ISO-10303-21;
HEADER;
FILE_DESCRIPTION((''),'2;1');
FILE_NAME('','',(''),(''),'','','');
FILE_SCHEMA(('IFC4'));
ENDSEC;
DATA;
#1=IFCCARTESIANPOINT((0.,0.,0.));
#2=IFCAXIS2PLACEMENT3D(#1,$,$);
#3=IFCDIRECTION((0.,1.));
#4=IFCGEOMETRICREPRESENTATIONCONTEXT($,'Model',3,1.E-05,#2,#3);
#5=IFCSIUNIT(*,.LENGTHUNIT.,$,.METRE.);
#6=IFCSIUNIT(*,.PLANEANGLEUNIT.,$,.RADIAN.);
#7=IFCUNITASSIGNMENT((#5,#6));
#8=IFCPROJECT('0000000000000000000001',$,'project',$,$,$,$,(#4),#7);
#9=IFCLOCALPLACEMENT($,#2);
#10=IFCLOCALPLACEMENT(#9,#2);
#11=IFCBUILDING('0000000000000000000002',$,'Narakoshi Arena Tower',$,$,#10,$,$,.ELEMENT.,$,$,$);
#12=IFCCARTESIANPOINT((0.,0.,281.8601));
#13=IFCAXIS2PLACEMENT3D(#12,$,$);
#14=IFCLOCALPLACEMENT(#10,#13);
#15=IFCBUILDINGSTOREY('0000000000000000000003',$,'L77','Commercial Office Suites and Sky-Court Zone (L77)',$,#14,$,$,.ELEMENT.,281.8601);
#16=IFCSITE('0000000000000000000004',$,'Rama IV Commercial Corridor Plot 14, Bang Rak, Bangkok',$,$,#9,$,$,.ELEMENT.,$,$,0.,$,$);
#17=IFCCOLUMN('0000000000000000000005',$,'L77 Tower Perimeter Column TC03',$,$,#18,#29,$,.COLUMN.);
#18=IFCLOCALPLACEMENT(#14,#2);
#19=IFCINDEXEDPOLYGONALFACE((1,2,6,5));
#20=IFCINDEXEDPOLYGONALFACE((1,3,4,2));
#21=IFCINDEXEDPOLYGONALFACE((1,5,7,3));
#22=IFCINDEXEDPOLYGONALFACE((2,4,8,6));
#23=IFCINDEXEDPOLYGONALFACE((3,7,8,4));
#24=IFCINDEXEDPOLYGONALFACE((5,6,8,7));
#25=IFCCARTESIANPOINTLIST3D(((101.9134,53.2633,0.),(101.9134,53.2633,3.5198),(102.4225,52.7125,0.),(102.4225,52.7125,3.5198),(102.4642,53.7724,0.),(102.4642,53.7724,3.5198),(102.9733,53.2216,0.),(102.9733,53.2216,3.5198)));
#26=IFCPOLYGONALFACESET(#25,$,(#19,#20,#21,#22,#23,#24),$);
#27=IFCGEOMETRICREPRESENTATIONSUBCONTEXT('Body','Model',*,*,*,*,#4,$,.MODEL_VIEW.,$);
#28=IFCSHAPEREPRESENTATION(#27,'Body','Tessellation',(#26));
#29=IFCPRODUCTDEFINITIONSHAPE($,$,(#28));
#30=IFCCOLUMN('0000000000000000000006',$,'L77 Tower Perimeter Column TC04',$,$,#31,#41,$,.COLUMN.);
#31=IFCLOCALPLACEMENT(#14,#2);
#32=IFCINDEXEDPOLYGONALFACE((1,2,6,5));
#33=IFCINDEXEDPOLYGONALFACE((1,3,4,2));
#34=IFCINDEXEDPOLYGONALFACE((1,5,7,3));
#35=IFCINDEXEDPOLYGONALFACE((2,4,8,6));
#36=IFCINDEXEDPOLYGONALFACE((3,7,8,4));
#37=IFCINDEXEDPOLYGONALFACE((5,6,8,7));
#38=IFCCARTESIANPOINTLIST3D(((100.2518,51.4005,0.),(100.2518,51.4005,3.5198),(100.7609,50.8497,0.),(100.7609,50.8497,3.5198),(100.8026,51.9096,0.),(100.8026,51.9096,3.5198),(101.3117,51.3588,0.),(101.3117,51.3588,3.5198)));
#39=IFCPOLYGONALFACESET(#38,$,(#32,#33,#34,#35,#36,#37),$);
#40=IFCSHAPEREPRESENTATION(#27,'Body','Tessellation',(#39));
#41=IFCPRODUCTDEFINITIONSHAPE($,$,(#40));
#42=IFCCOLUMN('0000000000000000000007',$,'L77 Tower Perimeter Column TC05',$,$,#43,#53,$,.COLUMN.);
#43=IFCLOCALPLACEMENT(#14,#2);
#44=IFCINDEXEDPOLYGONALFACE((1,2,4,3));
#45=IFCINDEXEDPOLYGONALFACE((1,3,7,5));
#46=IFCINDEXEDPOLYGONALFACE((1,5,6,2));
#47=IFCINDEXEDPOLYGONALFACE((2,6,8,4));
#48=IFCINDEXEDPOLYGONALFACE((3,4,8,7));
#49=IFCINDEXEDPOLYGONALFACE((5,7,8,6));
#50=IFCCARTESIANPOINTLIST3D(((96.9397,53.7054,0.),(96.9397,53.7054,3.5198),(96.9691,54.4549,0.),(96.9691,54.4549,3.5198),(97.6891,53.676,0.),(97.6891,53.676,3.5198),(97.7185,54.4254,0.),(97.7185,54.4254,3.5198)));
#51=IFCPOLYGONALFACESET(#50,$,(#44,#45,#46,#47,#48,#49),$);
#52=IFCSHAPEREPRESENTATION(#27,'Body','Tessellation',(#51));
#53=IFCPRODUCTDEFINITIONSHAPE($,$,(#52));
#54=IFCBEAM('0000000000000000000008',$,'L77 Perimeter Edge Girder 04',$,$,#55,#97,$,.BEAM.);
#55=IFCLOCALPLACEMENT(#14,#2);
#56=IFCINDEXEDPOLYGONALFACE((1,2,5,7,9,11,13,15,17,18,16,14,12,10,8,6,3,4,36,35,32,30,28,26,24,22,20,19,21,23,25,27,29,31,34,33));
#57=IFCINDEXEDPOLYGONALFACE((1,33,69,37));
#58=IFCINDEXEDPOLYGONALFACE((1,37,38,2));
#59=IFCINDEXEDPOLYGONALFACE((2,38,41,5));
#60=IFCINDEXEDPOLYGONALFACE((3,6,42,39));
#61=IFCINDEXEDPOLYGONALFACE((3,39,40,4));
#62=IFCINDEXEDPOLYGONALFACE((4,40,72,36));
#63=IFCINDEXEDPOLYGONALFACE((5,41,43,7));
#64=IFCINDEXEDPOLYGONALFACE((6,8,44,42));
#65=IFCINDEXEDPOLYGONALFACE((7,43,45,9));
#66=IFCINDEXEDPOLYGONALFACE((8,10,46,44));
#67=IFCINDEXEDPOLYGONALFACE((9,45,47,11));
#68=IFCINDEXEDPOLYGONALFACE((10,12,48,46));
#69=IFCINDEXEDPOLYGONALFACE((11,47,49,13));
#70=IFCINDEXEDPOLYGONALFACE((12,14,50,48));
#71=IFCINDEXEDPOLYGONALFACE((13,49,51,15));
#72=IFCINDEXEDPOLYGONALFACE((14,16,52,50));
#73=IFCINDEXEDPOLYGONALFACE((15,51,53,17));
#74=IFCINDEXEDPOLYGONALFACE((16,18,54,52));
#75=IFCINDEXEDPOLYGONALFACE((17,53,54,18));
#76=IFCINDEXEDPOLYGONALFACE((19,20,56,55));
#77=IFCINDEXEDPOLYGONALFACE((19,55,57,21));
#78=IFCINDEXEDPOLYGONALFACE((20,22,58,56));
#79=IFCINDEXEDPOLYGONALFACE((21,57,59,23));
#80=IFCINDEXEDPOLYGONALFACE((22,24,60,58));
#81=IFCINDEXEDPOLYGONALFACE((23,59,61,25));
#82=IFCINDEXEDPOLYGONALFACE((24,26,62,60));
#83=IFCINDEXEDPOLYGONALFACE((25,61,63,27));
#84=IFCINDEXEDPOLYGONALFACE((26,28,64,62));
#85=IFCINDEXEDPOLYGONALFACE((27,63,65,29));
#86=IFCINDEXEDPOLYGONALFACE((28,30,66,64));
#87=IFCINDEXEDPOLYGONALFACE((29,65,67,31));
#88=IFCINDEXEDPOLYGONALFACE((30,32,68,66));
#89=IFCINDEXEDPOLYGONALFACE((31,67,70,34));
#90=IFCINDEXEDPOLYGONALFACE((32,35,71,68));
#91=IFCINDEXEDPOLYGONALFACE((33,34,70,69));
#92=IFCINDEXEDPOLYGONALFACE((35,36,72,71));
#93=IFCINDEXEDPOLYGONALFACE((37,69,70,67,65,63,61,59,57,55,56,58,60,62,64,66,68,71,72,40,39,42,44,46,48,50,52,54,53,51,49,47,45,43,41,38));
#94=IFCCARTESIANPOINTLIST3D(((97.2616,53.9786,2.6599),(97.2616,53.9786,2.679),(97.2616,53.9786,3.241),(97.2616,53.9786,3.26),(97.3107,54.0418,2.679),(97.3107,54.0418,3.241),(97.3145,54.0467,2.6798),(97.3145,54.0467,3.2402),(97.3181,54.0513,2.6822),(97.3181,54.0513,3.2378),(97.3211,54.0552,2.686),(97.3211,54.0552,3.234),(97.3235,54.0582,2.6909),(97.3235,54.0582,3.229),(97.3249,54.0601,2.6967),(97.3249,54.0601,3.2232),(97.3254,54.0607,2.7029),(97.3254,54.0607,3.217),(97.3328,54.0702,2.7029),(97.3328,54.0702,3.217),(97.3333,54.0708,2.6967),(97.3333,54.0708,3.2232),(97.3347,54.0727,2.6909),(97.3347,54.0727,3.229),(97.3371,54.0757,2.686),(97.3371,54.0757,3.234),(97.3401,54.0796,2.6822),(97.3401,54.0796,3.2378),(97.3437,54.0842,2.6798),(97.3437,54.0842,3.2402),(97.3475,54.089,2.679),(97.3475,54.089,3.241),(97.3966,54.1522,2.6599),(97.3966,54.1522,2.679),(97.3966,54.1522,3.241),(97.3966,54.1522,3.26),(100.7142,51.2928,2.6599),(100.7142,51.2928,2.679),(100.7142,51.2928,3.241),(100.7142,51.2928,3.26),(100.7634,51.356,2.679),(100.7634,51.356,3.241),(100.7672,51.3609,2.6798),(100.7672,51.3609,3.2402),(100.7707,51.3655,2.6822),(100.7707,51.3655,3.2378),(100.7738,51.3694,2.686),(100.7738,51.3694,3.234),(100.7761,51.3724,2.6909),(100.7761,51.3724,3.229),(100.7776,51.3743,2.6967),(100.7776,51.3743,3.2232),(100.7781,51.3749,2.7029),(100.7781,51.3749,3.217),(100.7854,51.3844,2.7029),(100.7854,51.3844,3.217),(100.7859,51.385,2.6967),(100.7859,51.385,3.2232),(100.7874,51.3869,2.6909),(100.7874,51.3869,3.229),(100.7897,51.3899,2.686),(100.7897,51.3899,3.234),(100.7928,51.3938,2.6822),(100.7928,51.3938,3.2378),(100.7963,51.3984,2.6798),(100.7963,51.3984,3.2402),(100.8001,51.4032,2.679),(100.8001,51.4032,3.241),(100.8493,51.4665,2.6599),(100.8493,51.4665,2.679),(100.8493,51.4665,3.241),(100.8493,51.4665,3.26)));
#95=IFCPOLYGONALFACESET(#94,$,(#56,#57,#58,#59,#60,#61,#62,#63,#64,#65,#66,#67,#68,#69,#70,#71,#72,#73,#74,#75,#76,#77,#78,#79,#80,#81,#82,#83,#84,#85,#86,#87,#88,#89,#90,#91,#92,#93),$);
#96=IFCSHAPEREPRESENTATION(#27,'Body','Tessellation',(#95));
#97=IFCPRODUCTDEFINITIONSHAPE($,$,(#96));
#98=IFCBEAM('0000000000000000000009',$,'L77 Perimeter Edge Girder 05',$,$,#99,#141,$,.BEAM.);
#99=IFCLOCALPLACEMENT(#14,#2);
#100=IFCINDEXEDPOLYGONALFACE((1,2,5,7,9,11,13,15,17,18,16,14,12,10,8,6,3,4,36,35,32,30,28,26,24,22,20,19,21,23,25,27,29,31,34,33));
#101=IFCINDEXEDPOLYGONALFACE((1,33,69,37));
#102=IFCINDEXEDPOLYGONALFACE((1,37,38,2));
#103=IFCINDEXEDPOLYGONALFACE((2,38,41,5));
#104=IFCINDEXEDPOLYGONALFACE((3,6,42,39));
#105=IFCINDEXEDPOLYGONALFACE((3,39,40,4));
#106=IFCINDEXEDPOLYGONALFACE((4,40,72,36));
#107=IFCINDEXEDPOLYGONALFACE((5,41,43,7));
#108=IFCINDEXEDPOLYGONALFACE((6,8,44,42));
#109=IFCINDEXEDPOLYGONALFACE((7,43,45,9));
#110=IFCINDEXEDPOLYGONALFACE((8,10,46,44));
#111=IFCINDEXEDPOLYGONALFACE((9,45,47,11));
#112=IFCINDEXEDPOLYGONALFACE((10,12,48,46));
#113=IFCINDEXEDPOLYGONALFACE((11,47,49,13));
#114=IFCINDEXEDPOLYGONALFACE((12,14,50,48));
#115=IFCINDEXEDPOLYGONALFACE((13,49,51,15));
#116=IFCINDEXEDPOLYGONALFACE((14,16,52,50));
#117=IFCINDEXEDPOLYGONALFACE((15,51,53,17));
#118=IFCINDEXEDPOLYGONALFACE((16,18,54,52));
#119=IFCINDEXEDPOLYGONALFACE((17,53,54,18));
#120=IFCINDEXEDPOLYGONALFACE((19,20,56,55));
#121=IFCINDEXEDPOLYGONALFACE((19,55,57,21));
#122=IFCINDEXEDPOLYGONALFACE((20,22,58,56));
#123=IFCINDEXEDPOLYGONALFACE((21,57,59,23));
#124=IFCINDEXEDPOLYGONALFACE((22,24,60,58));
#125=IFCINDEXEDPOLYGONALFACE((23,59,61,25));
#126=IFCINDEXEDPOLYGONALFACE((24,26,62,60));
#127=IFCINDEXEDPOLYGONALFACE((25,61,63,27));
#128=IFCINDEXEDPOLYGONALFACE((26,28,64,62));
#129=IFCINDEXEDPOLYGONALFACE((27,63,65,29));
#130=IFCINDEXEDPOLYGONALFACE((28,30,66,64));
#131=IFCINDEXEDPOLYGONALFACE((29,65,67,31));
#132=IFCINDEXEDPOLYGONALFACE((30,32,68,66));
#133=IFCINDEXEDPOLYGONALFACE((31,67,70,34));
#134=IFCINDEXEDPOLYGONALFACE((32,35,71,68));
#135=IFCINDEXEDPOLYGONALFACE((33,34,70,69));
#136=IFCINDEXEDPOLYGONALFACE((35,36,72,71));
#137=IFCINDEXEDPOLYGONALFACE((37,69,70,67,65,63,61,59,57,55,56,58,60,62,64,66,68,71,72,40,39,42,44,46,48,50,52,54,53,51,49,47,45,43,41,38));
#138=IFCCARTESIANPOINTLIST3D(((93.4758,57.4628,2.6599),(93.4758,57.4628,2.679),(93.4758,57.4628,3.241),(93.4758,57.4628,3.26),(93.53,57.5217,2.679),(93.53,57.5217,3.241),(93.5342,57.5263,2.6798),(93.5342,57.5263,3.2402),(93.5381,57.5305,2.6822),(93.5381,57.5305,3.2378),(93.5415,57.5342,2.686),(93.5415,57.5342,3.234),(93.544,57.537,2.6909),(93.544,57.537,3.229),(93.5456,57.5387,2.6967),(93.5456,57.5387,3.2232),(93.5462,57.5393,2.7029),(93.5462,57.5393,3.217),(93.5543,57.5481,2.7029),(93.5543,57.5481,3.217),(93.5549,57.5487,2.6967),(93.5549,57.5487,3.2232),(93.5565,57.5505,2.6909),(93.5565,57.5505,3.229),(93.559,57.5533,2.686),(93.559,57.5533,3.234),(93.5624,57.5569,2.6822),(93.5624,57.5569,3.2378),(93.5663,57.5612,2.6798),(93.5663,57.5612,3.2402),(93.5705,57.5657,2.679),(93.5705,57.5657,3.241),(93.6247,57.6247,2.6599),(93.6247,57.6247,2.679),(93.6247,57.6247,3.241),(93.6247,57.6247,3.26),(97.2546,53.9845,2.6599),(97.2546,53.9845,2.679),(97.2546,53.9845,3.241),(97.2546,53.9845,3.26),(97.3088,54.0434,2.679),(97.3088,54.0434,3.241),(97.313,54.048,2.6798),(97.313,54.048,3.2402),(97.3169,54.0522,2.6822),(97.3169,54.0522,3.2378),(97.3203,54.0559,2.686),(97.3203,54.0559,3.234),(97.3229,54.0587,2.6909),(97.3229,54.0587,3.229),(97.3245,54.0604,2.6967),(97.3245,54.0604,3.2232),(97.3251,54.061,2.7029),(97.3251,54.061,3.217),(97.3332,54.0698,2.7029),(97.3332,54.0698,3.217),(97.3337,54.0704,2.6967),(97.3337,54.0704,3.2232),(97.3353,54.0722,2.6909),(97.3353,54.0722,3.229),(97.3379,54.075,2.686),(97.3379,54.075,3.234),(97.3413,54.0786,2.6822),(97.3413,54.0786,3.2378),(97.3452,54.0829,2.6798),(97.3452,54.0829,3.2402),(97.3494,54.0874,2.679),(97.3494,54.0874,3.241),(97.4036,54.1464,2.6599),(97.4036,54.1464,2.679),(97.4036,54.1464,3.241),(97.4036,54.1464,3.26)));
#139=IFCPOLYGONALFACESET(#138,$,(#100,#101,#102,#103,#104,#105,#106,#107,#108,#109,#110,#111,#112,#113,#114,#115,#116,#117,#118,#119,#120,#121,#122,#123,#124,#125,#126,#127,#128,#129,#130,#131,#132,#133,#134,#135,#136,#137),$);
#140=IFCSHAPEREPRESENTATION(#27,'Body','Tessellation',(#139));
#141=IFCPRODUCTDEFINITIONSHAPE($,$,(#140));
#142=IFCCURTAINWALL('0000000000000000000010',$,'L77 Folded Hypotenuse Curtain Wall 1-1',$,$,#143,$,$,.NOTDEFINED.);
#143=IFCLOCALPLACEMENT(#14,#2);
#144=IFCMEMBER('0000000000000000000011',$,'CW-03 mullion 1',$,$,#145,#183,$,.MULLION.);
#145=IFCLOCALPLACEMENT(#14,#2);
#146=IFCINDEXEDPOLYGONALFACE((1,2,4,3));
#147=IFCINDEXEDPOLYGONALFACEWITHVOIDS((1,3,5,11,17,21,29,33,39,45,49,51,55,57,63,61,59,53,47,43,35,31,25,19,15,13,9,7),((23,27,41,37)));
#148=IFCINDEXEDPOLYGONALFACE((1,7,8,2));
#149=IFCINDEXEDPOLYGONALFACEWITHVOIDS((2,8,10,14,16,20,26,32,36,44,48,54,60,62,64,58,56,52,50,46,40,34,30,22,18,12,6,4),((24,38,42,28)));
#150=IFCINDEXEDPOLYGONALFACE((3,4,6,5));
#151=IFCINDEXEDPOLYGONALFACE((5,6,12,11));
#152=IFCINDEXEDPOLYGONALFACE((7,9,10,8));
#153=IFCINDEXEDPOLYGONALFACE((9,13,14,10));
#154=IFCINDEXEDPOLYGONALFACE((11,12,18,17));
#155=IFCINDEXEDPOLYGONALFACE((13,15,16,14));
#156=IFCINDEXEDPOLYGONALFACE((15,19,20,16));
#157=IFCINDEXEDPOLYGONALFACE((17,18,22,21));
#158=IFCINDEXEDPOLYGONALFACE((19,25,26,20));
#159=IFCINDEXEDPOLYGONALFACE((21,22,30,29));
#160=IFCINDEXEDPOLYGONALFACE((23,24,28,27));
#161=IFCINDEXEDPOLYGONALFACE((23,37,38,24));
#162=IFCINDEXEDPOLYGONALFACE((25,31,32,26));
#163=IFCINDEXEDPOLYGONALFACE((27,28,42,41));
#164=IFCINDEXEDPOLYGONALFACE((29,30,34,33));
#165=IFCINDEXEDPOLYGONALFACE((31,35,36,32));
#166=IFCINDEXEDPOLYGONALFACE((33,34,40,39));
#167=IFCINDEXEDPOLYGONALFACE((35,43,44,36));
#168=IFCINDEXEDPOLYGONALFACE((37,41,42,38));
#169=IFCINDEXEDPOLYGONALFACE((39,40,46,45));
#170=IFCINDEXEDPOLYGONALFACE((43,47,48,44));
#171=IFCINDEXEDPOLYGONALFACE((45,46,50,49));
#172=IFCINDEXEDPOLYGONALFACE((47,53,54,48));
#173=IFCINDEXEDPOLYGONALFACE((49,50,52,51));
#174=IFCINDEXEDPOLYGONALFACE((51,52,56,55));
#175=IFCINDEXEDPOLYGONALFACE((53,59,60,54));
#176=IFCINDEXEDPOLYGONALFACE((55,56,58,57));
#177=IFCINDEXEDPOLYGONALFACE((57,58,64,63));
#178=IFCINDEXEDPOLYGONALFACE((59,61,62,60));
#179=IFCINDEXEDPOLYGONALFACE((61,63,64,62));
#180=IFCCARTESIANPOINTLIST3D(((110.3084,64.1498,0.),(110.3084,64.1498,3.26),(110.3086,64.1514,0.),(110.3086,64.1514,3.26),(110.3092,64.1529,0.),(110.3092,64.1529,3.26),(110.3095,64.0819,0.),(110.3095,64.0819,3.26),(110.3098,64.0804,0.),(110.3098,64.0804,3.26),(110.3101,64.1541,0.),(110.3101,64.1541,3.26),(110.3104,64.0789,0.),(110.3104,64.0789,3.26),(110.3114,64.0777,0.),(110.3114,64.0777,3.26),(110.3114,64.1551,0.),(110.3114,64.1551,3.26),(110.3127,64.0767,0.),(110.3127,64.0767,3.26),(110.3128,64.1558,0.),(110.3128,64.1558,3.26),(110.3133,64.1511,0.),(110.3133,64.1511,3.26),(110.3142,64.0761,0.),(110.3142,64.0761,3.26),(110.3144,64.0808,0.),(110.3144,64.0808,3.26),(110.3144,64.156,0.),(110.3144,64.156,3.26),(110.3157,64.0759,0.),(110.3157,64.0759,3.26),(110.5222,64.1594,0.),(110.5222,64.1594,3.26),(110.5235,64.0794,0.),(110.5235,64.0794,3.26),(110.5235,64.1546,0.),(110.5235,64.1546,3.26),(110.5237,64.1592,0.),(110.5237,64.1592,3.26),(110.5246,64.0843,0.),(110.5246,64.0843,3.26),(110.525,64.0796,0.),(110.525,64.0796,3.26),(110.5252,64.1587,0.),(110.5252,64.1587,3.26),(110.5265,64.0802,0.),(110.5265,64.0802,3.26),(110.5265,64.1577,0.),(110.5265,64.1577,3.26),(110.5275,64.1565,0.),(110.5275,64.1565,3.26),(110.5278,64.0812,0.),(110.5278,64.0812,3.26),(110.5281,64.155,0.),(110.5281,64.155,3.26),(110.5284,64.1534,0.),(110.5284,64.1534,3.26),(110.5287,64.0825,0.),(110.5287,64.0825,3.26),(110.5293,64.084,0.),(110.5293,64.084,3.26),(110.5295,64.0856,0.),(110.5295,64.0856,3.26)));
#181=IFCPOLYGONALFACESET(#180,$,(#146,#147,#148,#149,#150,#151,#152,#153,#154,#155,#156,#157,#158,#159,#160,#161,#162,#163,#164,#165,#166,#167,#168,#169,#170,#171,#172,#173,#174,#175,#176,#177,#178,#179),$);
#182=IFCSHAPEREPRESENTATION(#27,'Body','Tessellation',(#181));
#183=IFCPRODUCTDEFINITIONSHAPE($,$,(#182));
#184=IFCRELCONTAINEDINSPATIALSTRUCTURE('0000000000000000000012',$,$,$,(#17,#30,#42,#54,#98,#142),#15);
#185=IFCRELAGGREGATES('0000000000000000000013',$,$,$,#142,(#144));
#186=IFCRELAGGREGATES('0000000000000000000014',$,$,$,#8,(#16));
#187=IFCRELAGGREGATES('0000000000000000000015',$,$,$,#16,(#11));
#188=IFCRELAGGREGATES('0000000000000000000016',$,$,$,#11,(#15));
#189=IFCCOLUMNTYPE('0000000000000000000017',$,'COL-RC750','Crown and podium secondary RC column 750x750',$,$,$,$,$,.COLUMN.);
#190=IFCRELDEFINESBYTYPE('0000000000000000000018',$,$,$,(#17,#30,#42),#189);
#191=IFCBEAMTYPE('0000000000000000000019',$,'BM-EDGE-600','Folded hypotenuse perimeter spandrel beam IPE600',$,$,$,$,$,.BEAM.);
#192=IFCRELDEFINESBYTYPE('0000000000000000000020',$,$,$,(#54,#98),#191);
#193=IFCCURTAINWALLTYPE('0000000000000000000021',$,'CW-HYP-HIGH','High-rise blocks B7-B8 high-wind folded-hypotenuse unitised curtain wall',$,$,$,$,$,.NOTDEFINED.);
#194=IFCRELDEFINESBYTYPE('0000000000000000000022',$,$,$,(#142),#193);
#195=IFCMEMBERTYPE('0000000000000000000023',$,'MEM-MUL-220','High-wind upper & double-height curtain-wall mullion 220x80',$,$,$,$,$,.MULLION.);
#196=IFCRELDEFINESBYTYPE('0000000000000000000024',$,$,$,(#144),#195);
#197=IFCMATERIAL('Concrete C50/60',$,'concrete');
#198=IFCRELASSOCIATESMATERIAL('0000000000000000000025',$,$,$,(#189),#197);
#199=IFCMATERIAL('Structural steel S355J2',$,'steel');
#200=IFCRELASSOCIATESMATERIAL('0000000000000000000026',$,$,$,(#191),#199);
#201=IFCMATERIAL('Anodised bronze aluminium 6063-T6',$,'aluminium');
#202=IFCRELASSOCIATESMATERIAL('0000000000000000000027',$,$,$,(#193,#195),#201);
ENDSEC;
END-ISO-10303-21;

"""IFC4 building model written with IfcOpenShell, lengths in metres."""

from ifc_helpers import new_model, si_unit, direction, frame, origin, origin_2d, place, context, subcontext, project, spatial, rectangle, hollow_rectangle, i_section, extrude, material, material_profile, profile_set, type_object, element, aggregate, save


model = new_model("IFC4")

# Units and contexts
model_context = context("Model", 3, precision=1e-05, world=origin(), true_north=direction((0.0, 1.0)))
body_context = subcontext(model_context, "Body", "Model", "MODEL_VIEW")
ifc_project = project(units=[si_unit("LENGTHUNIT", "METRE"), si_unit("PLANEANGLEUNIT", "RADIAN")], contexts=[model_context])

# Site, building, storey
site_placement = place(None, origin())
site = spatial("IfcSite", under=ifc_project, at=site_placement, Name="Rama IV Commercial Corridor Plot 14, Bang Rak, Bangkok", CompositionType="ELEMENT", RefElevation=0.0)
building_placement = place(site_placement, origin())
building = spatial("IfcBuilding", under=site, at=building_placement, Name="Narakoshi Arena Tower", CompositionType="ELEMENT")
storey_placement = place(building_placement, frame((0.0, 0.0, 281.8601)))
storey = spatial("IfcBuildingStorey", under=building, at=storey_placement, Name="L77", Description="Commercial Office Suites and Sky-Court Zone (L77)", CompositionType="ELEMENT", Elevation=281.8601)

# Columns
ifc_material_1 = material(Name="Concrete C50/60", Category="concrete")
ifc_material_profile_1 = material_profile(ifc_material_1, rectangle(XDim=0.75, YDim=0.75, at=origin_2d()), Name="RC750x750")
ifc_profile_set_1 = profile_set([ifc_material_profile_1], Name="Concrete C50/60")
column_type = type_object("IfcColumnType", Name="COL-RC750", Description="Crown and podium secondary RC column 750x750", PredefinedType="COLUMN", material=ifc_profile_set_1)
for number, where, z_axis, x_axis, name in (
    (1, (102.4434, 53.2424, 0.0), (0.0, 0.0, 1.0), (0.734323, 0.678801, 0.0), "L77 Tower Perimeter Column TC03"),
    (2, (100.7817, 51.3796, 0.0), (0.0, 0.0, 1.0), (0.734323, 0.678801, 0.0), "L77 Tower Perimeter Column TC04"),
    (3, (97.3291, 54.0654, 0.0), (0.0, 0.0, 1.0), (0.03926, 0.999229, 0.0), "L77 Tower Perimeter Column TC05"),
):
    element("IfcColumn", number, at=place(storey_placement, frame(where, z_axis=z_axis, x_axis=x_axis)), inside=storey, type_object=column_type, Name=name, PredefinedType="COLUMN", context=body_context, shape_type="SweptSolid", body=[
        extrude(rectangle(XDim=0.75, YDim=0.75, at=origin_2d()), origin(), (0.0, 0.0, 1.0), 3.5198),
    ])

# Beams
ifc_material_2 = material(Name="Structural steel S355J2", Category="steel")
ifc_material_profile_2 = material_profile(ifc_material_2, i_section(OverallWidth=0.22, OverallDepth=0.6001, WebThickness=0.012, FlangeThickness=0.019, FilletRadius=0.0239, at=origin_2d()), Name="IPE600")
ifc_profile_set_2 = profile_set([ifc_material_profile_2], Name="Structural steel S355J2")
beam_type = type_object("IfcBeamType", Name="BM-EDGE-600", Description="Folded hypotenuse perimeter spandrel beam IPE600", PredefinedType="BEAM", material=ifc_profile_set_2)
beam_1_placement = place(storey_placement, frame((100.7817, 51.3796, 2.96), z_axis=(-0.789307, 0.613999, 0.0), x_axis=(-0.613999, -0.789307, 0.0)))
element("IfcBeam", 4, at=beam_1_placement, inside=storey, type_object=beam_type, Name="L77 Perimeter Edge Girder 04", PredefinedType="BEAM", context=body_context, shape_type="SweptSolid", body=[
    extrude(i_section(OverallWidth=0.22, OverallDepth=0.6001, WebThickness=0.012, FlangeThickness=0.019, FilletRadius=0.0239, at=origin_2d()), origin(), (0.0, 0.0, 1.0), 4.3743),
])
beam_2_placement = place(storey_placement, frame((97.3291, 54.0654, 2.96), z_axis=(-0.73576, 0.677243, 0.0), x_axis=(-0.677243, -0.73576, 0.0)))
element("IfcBeam", 5, at=beam_2_placement, inside=storey, type_object=beam_type, Name="L77 Perimeter Edge Girder 05", PredefinedType="BEAM", context=body_context, shape_type="SweptSolid", body=[
    extrude(i_section(OverallWidth=0.22, OverallDepth=0.6001, WebThickness=0.012, FlangeThickness=0.019, FilletRadius=0.0239, at=origin_2d()), origin(), (0.0, 0.0, 1.0), 5.136),
])

# Curtain wall, member
ifc_material_3 = material(Name="Anodised bronze aluminium 6063-T6", Category="aluminium")
curtain_wall_type = type_object("IfcCurtainWallType", Name="CW-HYP-HIGH", Description="High-rise blocks B7-B8 high-wind folded-hypotenuse unitised curtain wall", PredefinedType="NOTDEFINED", material=ifc_material_3)
curtain_wall_placement = place(storey_placement, origin())
curtain_wall = element("IfcCurtainWall", 6, at=curtain_wall_placement, inside=storey, type_object=curtain_wall_type, Name="L77 Folded Hypotenuse Curtain Wall 1-1", PredefinedType="NOTDEFINED")
ifc_material_profile_3 = material_profile(ifc_material_3, hollow_rectangle(XDim=0.0801, YDim=0.22, WallThickness=0.0049, OuterFilletRadius=0.0061, at=origin_2d()), Name="MUL220x80x5")
ifc_profile_set_3 = profile_set([ifc_material_profile_3], Name="Anodised bronze aluminium 6063-T6")
member_type_1 = type_object("IfcMemberType", Name="MEM-MUL-220", Description="High-wind upper & double-height curtain-wall mullion 220x80", PredefinedType="MULLION", material=ifc_profile_set_3)
member_1_placement = place(storey_placement, frame((110.4189, 64.1177, 0.0), z_axis=(0.0, 0.0, 1.0), x_axis=(0.016443, -0.999865, 0.0)))
member_1 = element("IfcMember", 7, at=member_1_placement, type_object=member_type_1, Name="CW-03 mullion 1", PredefinedType="MULLION", context=body_context, shape_type="SweptSolid", body=[
    extrude(hollow_rectangle(XDim=0.0801, YDim=0.22, WallThickness=0.0049, OuterFilletRadius=0.0061, at=origin_2d()), origin(), (0.0, 0.0, 1.0), 3.26),
])
aggregate(curtain_wall, [member_1])

save(model, "model.ifc")
